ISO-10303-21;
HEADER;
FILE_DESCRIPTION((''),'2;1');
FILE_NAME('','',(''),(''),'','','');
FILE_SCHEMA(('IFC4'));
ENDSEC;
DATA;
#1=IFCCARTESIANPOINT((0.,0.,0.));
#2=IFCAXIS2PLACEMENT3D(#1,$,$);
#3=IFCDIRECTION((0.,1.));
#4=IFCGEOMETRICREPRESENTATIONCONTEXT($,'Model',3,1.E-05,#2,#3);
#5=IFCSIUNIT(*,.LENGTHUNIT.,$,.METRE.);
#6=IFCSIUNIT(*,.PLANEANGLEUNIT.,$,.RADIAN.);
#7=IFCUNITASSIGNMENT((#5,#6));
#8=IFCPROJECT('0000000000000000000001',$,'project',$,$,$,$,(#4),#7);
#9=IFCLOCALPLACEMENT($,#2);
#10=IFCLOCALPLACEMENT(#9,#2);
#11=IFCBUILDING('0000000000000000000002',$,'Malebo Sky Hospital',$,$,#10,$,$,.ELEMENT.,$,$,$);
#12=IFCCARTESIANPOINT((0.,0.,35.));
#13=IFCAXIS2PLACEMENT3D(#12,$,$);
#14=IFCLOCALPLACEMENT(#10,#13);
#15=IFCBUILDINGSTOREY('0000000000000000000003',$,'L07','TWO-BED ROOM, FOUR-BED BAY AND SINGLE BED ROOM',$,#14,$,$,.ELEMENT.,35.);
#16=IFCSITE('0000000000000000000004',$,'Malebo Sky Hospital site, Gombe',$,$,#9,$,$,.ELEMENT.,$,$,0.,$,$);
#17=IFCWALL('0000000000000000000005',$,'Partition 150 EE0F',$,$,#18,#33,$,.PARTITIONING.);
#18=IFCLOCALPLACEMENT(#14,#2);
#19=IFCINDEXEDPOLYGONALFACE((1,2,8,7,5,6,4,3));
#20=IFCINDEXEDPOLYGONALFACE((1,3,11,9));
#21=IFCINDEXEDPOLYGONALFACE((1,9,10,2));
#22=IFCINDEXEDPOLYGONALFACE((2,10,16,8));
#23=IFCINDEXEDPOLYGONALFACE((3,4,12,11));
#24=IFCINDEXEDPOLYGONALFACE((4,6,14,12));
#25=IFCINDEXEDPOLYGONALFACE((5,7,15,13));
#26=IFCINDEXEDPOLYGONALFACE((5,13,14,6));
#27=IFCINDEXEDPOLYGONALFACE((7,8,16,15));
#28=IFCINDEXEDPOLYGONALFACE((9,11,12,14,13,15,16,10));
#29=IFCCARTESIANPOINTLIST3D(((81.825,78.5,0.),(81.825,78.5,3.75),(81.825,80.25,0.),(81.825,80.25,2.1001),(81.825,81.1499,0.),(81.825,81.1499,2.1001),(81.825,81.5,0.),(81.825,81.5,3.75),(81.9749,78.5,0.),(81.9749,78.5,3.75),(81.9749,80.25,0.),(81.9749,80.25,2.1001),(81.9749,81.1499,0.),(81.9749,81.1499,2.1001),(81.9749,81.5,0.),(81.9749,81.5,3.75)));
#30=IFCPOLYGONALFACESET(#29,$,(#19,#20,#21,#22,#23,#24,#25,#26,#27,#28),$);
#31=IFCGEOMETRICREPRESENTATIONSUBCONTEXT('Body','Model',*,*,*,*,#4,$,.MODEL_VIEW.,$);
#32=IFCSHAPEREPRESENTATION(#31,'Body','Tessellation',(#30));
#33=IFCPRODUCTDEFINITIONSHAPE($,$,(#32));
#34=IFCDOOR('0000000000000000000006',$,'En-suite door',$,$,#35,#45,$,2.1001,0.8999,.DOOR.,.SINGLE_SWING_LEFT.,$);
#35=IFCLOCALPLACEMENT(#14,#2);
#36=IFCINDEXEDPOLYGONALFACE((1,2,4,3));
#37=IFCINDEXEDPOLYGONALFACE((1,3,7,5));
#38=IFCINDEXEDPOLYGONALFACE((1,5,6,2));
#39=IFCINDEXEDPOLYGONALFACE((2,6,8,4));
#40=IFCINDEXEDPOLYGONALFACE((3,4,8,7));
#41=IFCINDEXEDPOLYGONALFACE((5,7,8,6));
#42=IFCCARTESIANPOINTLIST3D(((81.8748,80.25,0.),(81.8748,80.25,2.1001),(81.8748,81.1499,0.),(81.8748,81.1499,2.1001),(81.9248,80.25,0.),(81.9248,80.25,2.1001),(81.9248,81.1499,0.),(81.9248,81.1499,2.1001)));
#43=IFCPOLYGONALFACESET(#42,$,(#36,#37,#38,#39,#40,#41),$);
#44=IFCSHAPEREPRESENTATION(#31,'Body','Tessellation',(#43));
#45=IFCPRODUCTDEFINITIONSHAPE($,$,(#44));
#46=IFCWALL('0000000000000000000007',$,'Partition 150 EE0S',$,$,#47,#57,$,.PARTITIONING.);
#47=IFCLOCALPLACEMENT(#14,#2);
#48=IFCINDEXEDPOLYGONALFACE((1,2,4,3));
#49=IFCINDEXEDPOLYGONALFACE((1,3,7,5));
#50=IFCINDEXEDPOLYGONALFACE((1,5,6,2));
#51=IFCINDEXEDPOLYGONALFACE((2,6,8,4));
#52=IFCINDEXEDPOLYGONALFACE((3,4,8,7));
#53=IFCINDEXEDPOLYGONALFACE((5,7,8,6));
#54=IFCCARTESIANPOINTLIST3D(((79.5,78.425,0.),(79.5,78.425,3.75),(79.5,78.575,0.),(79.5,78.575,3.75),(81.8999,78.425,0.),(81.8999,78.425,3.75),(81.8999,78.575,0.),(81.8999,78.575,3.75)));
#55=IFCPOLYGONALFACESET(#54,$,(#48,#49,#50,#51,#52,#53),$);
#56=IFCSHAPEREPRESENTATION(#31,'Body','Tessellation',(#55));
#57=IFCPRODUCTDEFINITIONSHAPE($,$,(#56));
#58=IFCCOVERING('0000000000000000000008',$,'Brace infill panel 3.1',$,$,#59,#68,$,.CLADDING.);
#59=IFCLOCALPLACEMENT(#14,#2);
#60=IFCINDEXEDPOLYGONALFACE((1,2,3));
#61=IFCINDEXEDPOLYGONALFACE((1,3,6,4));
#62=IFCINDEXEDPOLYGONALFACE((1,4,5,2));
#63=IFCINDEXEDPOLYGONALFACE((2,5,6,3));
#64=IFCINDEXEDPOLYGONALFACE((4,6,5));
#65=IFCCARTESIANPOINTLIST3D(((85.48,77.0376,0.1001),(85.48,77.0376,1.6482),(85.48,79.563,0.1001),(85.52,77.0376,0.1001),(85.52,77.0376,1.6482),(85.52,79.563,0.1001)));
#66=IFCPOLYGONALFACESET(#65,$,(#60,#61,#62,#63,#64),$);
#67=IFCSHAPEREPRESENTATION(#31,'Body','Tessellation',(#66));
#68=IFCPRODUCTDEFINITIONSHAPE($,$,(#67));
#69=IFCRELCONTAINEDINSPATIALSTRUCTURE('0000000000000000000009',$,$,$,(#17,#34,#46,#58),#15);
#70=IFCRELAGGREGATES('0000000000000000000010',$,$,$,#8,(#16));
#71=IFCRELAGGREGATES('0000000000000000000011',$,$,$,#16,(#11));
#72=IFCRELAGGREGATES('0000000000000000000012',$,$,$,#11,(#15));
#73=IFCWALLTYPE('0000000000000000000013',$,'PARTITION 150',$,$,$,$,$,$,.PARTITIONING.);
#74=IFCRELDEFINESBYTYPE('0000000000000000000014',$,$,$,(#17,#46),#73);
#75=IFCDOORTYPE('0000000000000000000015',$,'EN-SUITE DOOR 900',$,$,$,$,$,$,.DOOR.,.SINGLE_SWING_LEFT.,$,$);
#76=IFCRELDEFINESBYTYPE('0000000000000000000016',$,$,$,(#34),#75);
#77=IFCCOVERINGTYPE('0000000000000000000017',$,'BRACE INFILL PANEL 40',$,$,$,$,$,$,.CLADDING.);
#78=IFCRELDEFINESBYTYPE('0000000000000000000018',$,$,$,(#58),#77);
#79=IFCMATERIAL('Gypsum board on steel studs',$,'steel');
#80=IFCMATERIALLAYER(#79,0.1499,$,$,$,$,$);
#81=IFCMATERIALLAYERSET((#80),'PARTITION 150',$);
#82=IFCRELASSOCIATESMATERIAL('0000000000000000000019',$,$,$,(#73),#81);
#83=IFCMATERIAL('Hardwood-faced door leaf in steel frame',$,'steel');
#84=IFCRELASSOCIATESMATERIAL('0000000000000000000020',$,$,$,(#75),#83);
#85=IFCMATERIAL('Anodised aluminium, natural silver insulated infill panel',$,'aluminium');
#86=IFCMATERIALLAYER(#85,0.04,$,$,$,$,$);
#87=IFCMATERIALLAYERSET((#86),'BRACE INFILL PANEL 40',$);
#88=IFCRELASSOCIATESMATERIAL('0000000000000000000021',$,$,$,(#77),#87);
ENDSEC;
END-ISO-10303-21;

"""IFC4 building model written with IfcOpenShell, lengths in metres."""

from ifc_helpers import new_model, si_unit, direction, frame, frame_2d, origin, place, context, subcontext, project, spatial, polyline, rectangle, outline, extrude, material, layer, layer_set, type_object, element, fill, save


model = new_model("IFC4")

# Units and contexts
model_context = context("Model", 3, precision=1e-05, world=origin(), true_north=direction((0.0, 1.0)))
body_context = subcontext(model_context, "Body", "Model", "MODEL_VIEW")
ifc_project = project(units=[si_unit("LENGTHUNIT", "METRE"), si_unit("PLANEANGLEUNIT", "RADIAN")], contexts=[model_context])

# Site, building, storey
site_placement = place(None, origin())
site = spatial("IfcSite", under=ifc_project, at=site_placement, Name="Malebo Sky Hospital site, Gombe", CompositionType="ELEMENT", RefElevation=0.0)
building_placement = place(site_placement, origin())
building = spatial("IfcBuilding", under=site, at=building_placement, Name="Malebo Sky Hospital", CompositionType="ELEMENT")
storey_placement = place(building_placement, frame((0.0, 0.0, 35.0)))
storey = spatial("IfcBuildingStorey", under=building, at=storey_placement, Name="L07", Description="TWO-BED ROOM, FOUR-BED BAY AND SINGLE BED ROOM", CompositionType="ELEMENT", Elevation=35.0)

# Shared definitions
ifc_material_1 = material(Name="Gypsum board on steel studs", Category="steel")
ifc_material_2 = material(Name="Hardwood-faced door leaf in steel frame", Category="steel")

# Shared definitions
ifc_layer_1 = layer(ifc_material_1, 0.1499)
ifc_layer_set_1 = layer_set([ifc_layer_1], Name="PARTITION 150")
wall_type_1 = type_object("IfcWallType", Name="PARTITION 150", PredefinedType="PARTITIONING", material=ifc_layer_set_1)

# Wall, opening, door
wall_1_placement = place(storey_placement, frame((81.8999, 81.5, 0.0), z_axis=(0.0, 0.0, 1.0), x_axis=(0.0, -1.0, 0.0)))
wall_1 = element("IfcWall", 1, at=wall_1_placement, inside=storey, type_object=wall_type_1, Name="Partition 150 EE0F", PredefinedType="PARTITIONING", context=body_context, shape_type="SweptSolid", body=[
    extrude(rectangle(XDim=3.0, YDim=0.1499, at=frame_2d((1.5, 0.0))), origin(), (0.0, 0.0, 1.0), 3.75),
])
opening_1_placement = place(wall_1_placement, frame((0.3501, 0.0, 0.0)))
opening_1 = element("IfcOpeningElement", 2, at=opening_1_placement, cuts=wall_1, PredefinedType="OPENING", context=body_context, shape_type="SweptSolid", body=[
    extrude(rectangle(XDim=0.8999, YDim=2.1001, at=frame_2d((0.45, 1.05))), frame((0.0, 0.085, 0.0), z_axis=(0.0, -1.0, 0.0), x_axis=(1.0, 0.0, 0.0)), (0.0, 0.0, 1.0), 0.1699),
])
door_type_1 = type_object("IfcDoorType", Name="EN-SUITE DOOR 900", OperationType="SINGLE_SWING_LEFT", PredefinedType="DOOR", material=ifc_material_2)
door_1_placement = place(opening_1_placement, origin())
door_1 = element("IfcDoor", 3, at=door_1_placement, inside=storey, type_object=door_type_1, Name="En-suite door", OperationType="SINGLE_SWING_LEFT", OverallHeight=2.1001, OverallWidth=0.8999, PredefinedType="DOOR", context=body_context, shape_type="SweptSolid", body=[
    extrude(rectangle(XDim=0.8999, YDim=2.1001, at=frame_2d((0.45, 1.05))), frame((0.0, 0.0249, 0.0), z_axis=(0.0, -1.0, 0.0), x_axis=(1.0, 0.0, 0.0)), (0.0, 0.0, 1.0), 0.05),
])
fill(opening_1, door_1)

# Wall
wall_2_placement = place(storey_placement, frame((79.5, 78.5, 0.0), z_axis=(0.0, 0.0, 1.0), x_axis=(1.0, 0.0, 0.0)))
element("IfcWall", 4, at=wall_2_placement, inside=storey, type_object=wall_type_1, Name="Partition 150 EE0S", PredefinedType="PARTITIONING", context=body_context, shape_type="SweptSolid", body=[
    extrude(rectangle(XDim=2.3999, YDim=0.1499, at=frame_2d((1.2, 0.0))), origin(), (0.0, 0.0, 1.0), 3.75),
])

# Covering
ifc_material_3 = material(Name="Anodised aluminium, natural silver insulated infill panel", Category="aluminium")
ifc_layer_2 = layer(ifc_material_3, 0.04)
ifc_layer_set_2 = layer_set([ifc_layer_2], Name="BRACE INFILL PANEL 40")
covering_type = type_object("IfcCoveringType", Name="BRACE INFILL PANEL 40", PredefinedType="CLADDING", material=ifc_layer_set_2)
covering_placement = place(storey_placement, frame((85.5, 78.3003, 0.1001), z_axis=(0.0, 0.0, 1.0), x_axis=(0.0, -1.0, 0.0)))
element("IfcCovering", 5, at=covering_placement, inside=storey, type_object=covering_type, Name="Brace infill panel 3.1", PredefinedType="CLADDING", context=body_context, shape_type="SweptSolid", body=[
    extrude(outline(polyline([(-1.2627, 0.0), (1.2627, 0.0), (1.2627, 1.5481), (-1.2627, 0.0)])), frame((0.0, 0.02, 0.0), z_axis=(0.0, -1.0, 0.0), x_axis=(1.0, 0.0, 0.0)), (0.0, 0.0, 1.0), 0.04),
])

save(model, "model.ifc")
